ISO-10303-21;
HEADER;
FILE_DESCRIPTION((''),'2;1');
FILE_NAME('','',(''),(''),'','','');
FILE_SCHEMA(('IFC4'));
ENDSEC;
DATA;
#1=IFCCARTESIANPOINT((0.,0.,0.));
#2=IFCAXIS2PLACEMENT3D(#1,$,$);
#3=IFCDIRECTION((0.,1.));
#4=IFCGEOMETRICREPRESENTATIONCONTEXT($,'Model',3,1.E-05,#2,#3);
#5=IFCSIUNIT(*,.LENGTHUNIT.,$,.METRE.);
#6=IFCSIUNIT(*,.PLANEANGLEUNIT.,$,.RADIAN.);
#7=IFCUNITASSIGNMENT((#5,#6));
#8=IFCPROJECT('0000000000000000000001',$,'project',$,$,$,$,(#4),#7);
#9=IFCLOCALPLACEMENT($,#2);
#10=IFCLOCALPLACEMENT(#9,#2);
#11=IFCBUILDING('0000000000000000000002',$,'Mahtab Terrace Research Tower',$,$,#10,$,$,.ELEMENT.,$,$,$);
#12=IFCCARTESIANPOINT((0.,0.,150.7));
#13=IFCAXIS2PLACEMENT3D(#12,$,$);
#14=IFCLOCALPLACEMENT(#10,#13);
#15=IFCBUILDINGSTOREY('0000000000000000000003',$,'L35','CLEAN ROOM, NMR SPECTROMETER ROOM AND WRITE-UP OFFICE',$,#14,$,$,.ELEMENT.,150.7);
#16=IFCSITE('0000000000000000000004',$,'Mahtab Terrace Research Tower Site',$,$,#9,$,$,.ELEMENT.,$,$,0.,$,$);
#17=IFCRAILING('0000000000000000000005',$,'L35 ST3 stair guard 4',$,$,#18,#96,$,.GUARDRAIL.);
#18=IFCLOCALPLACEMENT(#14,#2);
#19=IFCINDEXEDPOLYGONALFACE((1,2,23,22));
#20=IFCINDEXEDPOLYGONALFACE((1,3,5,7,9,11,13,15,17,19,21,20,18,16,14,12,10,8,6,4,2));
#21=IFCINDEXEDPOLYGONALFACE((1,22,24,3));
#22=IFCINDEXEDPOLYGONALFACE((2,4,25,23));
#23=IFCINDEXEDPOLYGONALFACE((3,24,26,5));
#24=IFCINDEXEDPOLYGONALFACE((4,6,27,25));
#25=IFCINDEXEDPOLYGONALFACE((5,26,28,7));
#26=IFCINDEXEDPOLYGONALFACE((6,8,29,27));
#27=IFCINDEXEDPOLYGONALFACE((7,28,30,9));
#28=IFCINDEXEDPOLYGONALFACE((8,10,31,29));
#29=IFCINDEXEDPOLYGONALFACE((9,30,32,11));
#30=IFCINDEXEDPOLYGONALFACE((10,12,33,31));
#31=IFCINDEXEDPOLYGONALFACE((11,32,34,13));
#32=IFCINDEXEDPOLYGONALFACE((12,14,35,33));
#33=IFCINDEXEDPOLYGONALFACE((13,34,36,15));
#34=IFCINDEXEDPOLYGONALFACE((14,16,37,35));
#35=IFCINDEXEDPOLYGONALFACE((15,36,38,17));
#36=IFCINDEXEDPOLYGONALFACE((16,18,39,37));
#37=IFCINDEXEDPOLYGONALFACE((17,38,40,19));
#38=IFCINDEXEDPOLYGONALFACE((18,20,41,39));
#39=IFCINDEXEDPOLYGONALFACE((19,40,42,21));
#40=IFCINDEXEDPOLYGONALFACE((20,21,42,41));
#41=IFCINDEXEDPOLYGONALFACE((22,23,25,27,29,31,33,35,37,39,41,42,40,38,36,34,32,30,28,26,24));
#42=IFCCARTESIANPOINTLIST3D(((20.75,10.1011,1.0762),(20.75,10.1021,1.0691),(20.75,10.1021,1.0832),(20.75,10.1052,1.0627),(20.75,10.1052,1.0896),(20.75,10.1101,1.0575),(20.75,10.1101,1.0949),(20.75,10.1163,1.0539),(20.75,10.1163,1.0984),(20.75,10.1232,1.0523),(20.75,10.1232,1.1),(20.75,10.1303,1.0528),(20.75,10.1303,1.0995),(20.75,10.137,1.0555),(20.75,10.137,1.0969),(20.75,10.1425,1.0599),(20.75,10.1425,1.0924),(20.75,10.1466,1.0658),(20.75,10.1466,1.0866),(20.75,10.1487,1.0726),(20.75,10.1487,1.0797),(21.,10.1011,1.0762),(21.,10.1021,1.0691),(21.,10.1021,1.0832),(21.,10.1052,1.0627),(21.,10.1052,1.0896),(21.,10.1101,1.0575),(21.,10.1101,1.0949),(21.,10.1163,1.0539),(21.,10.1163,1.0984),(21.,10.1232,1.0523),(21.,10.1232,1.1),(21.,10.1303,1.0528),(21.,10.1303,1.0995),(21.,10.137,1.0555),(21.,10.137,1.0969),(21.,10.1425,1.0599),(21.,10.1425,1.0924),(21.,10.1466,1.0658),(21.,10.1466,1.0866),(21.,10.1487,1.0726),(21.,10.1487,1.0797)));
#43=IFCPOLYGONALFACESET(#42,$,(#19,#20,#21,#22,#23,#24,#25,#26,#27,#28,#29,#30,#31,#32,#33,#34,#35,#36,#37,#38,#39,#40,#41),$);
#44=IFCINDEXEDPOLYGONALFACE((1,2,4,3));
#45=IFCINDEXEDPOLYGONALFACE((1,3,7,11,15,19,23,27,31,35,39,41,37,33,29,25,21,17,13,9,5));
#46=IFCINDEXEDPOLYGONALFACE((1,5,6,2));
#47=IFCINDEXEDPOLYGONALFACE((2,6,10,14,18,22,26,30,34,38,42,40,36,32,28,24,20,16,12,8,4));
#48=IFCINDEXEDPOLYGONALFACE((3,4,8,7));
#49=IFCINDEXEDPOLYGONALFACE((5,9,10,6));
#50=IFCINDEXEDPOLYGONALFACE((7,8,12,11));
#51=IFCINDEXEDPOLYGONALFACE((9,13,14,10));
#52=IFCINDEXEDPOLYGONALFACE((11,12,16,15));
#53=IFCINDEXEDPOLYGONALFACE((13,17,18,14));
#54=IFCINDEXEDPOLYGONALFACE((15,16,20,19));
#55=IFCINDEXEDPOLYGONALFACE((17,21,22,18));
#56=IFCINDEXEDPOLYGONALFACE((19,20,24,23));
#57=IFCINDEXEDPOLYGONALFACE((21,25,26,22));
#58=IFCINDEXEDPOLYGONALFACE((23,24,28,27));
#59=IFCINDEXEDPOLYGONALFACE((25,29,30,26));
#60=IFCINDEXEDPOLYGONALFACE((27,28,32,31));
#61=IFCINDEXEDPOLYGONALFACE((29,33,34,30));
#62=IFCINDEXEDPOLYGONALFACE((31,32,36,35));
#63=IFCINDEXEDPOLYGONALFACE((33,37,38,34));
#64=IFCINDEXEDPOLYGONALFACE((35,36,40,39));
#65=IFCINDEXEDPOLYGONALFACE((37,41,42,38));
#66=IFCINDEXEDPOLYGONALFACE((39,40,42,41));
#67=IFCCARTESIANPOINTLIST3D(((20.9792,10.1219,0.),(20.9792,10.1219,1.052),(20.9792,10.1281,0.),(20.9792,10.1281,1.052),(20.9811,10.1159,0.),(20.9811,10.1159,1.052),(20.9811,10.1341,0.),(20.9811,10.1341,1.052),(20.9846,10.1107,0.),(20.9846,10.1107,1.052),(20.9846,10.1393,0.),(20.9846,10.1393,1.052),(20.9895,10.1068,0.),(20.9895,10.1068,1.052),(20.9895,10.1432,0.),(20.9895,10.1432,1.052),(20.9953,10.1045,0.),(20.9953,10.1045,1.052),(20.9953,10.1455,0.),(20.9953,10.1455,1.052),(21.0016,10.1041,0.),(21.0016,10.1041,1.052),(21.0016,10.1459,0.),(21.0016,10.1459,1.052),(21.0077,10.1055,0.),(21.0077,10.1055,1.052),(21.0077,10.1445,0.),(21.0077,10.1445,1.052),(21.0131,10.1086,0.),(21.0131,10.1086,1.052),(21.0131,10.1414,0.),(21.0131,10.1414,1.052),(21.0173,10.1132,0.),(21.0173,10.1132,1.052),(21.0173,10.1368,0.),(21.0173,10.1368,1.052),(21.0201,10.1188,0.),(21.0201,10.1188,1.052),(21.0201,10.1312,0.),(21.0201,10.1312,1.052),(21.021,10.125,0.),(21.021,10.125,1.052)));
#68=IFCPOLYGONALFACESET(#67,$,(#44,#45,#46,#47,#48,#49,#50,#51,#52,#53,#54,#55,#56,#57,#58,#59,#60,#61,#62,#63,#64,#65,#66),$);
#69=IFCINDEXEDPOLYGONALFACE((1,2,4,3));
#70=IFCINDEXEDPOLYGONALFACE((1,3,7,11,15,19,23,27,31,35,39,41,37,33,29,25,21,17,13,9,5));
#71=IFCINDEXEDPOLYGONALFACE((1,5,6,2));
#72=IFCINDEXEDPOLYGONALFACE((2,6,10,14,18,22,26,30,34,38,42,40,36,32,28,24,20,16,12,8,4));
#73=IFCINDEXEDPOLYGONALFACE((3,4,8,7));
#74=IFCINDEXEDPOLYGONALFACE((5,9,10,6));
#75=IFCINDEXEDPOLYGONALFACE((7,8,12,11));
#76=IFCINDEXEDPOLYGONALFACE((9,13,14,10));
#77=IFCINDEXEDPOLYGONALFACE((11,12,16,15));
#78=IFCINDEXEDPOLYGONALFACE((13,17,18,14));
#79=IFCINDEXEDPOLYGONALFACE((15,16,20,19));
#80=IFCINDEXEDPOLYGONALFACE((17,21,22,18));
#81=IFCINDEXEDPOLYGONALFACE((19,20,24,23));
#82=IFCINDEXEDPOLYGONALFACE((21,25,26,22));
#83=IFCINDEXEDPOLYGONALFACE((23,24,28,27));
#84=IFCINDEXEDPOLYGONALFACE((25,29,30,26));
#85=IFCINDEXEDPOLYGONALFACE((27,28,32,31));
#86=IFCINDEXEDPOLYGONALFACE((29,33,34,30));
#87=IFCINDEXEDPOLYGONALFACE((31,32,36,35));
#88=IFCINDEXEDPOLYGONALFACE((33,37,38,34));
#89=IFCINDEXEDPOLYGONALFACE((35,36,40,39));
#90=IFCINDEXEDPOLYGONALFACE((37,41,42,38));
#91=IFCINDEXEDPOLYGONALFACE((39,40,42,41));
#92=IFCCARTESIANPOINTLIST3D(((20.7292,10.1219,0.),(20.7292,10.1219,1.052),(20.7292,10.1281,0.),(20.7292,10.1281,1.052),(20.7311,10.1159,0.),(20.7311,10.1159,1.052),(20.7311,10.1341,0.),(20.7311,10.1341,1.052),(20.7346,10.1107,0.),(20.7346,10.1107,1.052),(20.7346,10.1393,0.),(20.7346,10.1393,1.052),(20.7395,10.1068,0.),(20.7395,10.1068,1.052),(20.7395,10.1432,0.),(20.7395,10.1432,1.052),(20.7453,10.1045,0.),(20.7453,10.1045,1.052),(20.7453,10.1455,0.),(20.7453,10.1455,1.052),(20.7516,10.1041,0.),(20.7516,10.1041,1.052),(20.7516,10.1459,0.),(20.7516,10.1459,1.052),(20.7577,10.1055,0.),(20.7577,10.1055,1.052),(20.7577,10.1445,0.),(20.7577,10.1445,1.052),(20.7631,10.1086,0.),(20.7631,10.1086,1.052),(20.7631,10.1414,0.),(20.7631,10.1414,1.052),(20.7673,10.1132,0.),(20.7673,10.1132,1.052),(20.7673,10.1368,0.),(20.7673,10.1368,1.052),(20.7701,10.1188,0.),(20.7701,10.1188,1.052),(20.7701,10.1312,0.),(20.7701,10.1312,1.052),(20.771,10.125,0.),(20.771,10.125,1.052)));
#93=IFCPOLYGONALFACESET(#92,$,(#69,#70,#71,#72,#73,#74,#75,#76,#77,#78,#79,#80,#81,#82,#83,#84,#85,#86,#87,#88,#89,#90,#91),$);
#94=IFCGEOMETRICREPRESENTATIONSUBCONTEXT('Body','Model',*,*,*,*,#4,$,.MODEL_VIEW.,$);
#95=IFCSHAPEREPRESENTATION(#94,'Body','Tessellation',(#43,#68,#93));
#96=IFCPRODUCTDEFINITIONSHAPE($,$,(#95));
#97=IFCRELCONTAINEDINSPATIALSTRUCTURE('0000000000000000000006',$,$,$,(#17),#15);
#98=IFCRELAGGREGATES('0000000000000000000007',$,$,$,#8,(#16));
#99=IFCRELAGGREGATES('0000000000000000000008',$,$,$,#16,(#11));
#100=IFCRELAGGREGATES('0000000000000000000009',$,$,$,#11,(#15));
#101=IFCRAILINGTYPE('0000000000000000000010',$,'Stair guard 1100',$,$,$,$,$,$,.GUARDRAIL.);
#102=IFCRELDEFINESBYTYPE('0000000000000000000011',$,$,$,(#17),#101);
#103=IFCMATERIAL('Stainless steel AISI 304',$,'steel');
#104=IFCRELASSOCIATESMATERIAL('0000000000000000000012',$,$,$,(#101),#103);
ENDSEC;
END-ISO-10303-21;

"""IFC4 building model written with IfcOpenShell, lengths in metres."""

from ifc_helpers import new_model, si_unit, direction, frame, origin, origin_2d, place, context, subcontext, project, spatial, circle, extrude, material, type_object, element, save


model = new_model("IFC4")

# Units and contexts
model_context = context("Model", 3, precision=1e-05, world=origin(), true_north=direction((0.0, 1.0)))
body_context = subcontext(model_context, "Body", "Model", "MODEL_VIEW")
ifc_project = project(units=[si_unit("LENGTHUNIT", "METRE"), si_unit("PLANEANGLEUNIT", "RADIAN")], contexts=[model_context])

# Site, building, storey
site_placement = place(None, origin())
site = spatial("IfcSite", under=ifc_project, at=site_placement, Name="Mahtab Terrace Research Tower Site", CompositionType="ELEMENT", RefElevation=0.0)
building_placement = place(site_placement, origin())
building = spatial("IfcBuilding", under=site, at=building_placement, Name="Mahtab Terrace Research Tower", CompositionType="ELEMENT")
storey_placement = place(building_placement, frame((0.0, 0.0, 150.7)))
storey = spatial("IfcBuildingStorey", under=building, at=storey_placement, Name="L35", Description="CLEAN ROOM, NMR SPECTROMETER ROOM AND WRITE-UP OFFICE", CompositionType="ELEMENT", Elevation=150.7)

# Railing
ifc_material_1 = material(Name="Stainless steel AISI 304", Category="steel")
railing_type_1 = type_object("IfcRailingType", Name="Stair guard 1100", PredefinedType="GUARDRAIL", material=ifc_material_1)
railing_1_placement = place(storey_placement, frame((21.0, 10.125, 0.0)))
element("IfcRailing", 1, at=railing_1_placement, inside=storey, type_object=railing_type_1, Name="L35 ST3 stair guard 4", PredefinedType="GUARDRAIL", context=body_context, shape_type="SweptSolid", body=[
    extrude(circle(Radius=0.0239, at=origin_2d()), frame((0.0, 0.0, 1.0762), z_axis=(-1.0, 0.0, 0.0), x_axis=(0.0, -1.0, 0.0)), (0.0, 0.0, 1.0), 0.25),
    extrude(circle(Radius=0.021, at=origin_2d()), origin(), (0.0, 0.0, 1.0), 1.052),
    extrude(circle(Radius=0.021, at=origin_2d()), frame((-0.25, 0.0, 0.0)), (0.0, 0.0, 1.0), 1.052),
])

save(model, "model.ifc")
